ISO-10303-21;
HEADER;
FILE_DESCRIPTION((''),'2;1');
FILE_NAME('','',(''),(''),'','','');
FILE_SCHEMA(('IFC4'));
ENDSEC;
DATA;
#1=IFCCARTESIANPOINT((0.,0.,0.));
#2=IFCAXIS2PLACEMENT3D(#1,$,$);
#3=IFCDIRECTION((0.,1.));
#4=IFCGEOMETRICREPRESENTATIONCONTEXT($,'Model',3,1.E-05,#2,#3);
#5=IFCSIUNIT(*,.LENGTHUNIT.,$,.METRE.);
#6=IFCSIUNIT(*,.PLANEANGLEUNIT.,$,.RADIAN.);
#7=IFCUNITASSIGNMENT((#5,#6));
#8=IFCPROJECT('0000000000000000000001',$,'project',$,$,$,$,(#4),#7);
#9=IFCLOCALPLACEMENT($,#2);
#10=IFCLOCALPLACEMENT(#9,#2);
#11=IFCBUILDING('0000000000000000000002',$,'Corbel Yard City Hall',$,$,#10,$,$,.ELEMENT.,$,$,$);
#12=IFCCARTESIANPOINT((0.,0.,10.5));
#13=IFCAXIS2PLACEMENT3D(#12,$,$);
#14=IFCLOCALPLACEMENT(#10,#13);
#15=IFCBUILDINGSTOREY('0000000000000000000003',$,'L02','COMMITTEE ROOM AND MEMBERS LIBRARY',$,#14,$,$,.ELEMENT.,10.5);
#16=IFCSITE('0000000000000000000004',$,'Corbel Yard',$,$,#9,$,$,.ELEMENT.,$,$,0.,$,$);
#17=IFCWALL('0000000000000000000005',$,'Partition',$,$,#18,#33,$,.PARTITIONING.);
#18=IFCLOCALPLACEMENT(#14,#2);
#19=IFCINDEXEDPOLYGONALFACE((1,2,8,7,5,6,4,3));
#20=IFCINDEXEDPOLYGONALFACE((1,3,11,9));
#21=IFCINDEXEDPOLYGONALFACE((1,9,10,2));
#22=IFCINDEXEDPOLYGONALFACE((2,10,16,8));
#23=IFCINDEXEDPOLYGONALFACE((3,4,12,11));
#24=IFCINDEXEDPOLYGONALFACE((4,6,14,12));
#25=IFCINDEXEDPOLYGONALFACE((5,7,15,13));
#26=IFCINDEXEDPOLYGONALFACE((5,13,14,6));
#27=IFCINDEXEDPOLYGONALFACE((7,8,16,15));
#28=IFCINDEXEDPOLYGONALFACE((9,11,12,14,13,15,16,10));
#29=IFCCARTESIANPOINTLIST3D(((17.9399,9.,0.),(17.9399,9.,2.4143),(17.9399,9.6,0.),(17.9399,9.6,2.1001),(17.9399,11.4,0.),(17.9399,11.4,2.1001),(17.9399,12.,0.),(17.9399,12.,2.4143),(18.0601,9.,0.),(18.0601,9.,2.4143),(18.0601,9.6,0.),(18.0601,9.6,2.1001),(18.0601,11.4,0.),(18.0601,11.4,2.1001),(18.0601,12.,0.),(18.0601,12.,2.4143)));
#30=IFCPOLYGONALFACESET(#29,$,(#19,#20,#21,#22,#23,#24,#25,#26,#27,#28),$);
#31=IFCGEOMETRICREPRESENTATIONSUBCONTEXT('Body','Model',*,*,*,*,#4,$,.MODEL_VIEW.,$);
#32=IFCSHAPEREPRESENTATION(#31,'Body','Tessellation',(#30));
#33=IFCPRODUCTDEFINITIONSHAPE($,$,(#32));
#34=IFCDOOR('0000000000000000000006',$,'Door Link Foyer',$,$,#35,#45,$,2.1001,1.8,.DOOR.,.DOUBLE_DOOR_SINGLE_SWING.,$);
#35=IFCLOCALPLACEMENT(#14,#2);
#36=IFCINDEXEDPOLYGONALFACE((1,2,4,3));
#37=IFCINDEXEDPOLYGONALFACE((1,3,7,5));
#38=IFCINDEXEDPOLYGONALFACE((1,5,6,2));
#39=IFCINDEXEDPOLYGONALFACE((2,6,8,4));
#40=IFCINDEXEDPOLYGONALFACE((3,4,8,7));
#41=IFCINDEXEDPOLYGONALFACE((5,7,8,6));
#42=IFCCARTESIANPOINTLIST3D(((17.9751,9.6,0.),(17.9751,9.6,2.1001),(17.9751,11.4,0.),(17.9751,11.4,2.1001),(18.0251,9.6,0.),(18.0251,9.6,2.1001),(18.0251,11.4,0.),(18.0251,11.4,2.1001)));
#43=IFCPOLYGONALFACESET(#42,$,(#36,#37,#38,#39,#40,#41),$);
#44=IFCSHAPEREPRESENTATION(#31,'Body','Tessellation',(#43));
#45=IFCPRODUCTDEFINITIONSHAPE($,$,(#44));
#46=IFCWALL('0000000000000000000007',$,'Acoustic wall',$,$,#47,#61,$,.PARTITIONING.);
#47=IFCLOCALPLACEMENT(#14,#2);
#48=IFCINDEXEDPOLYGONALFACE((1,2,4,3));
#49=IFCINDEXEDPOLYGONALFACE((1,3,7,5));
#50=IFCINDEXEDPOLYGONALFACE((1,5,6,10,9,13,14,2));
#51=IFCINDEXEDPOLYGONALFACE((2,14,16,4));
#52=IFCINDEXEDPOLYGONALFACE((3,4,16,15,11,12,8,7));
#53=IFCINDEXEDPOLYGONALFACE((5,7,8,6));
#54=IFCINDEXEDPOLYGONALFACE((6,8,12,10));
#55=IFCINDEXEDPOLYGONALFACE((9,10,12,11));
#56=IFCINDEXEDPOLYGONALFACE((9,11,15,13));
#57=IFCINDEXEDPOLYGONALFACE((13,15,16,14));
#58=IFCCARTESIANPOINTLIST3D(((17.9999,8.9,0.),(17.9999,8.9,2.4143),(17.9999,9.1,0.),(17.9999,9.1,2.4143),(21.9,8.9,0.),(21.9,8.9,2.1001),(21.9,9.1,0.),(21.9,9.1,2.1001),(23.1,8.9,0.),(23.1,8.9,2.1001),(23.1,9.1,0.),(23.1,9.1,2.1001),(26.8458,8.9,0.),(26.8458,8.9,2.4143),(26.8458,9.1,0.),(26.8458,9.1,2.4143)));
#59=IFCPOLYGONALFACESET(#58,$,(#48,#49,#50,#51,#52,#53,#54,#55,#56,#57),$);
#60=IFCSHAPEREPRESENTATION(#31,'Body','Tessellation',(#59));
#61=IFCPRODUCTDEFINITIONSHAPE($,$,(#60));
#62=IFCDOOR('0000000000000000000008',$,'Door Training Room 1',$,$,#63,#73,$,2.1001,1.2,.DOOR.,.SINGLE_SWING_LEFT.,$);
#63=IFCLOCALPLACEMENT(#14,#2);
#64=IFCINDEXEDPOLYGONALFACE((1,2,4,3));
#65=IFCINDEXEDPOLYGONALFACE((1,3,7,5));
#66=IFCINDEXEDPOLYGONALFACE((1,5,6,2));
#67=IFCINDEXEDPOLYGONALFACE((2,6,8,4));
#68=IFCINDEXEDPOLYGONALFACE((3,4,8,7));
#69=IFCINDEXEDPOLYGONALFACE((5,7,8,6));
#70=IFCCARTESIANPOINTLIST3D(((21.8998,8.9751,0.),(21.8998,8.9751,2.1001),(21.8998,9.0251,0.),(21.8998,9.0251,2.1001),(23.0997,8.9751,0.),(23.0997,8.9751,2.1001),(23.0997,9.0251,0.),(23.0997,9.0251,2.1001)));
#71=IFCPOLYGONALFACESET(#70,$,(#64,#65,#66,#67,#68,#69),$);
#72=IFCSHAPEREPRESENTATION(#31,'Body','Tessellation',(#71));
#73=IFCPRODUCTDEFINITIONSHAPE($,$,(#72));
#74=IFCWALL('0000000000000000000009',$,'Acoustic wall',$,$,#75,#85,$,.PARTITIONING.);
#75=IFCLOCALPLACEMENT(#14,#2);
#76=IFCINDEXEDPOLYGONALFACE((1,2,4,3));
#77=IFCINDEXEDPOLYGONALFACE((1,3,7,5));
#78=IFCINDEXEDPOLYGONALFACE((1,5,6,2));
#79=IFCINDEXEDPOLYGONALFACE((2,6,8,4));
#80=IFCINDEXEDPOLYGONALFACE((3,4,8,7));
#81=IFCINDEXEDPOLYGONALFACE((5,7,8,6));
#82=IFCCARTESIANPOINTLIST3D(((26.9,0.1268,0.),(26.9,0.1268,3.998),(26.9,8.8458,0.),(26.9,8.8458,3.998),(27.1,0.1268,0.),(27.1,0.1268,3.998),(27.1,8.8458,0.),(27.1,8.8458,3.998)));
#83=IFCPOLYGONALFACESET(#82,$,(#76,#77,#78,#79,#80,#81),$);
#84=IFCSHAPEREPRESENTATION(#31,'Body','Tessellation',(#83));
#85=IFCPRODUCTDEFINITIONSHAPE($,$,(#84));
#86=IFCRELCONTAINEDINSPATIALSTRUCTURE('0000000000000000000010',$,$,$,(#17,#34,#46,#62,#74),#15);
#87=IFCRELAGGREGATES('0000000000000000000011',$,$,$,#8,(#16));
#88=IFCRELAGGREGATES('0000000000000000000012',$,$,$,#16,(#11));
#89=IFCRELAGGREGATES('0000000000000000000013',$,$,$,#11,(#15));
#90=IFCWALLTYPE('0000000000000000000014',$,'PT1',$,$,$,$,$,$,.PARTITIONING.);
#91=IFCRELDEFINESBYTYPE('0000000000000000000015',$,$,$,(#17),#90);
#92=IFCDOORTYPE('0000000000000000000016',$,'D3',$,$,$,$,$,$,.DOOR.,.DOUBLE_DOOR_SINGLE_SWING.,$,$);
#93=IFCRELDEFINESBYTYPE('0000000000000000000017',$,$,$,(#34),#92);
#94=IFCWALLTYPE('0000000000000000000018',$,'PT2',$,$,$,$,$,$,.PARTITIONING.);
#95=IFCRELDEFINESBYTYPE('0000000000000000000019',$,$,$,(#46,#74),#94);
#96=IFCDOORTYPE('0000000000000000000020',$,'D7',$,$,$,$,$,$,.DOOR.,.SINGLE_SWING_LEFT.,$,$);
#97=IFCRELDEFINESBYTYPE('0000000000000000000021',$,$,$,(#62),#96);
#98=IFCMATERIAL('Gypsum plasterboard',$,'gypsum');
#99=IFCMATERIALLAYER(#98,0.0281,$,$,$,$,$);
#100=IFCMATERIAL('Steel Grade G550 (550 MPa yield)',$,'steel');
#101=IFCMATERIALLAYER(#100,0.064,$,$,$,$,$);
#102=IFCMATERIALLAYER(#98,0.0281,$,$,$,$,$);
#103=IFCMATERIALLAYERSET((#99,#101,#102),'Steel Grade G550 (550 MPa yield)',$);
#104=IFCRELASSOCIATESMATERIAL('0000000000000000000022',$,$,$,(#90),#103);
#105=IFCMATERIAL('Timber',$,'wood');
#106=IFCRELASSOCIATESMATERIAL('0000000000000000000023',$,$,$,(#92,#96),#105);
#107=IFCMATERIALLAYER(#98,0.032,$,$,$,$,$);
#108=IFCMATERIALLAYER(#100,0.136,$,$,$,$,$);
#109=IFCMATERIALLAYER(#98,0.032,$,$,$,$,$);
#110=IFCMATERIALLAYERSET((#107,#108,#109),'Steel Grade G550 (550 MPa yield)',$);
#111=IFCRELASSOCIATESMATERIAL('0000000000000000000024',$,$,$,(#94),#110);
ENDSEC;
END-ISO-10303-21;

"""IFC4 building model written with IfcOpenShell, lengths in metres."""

from ifc_helpers import new_model, si_unit, direction, frame, frame_2d, origin, place, context, subcontext, project, spatial, rectangle, extrude, material, layer, layer_set, type_object, element, fill, save


model = new_model("IFC4")

# Units and contexts
model_context = context("Model", 3, precision=1e-05, world=origin(), true_north=direction((0.0, 1.0)))
body_context = subcontext(model_context, "Body", "Model", "MODEL_VIEW")
ifc_project = project(units=[si_unit("LENGTHUNIT", "METRE"), si_unit("PLANEANGLEUNIT", "RADIAN")], contexts=[model_context])

# Site, building, storey
site_placement = place(None, origin())
site = spatial("IfcSite", under=ifc_project, at=site_placement, Name="Corbel Yard", CompositionType="ELEMENT", RefElevation=0.0)
building_placement = place(site_placement, origin())
building = spatial("IfcBuilding", under=site, at=building_placement, Name="Corbel Yard City Hall", CompositionType="ELEMENT")
storey_placement = place(building_placement, frame((0.0, 0.0, 10.5)))
storey = spatial("IfcBuildingStorey", under=building, at=storey_placement, Name="L02", Description="COMMITTEE ROOM AND MEMBERS LIBRARY", CompositionType="ELEMENT", Elevation=10.5)

# Walls, openings, doors
ifc_material_1 = material(Name="Gypsum plasterboard", Category="gypsum")
ifc_layer_1 = layer(ifc_material_1, 0.0281)
ifc_material_2 = material(Name="Steel Grade G550 (550 MPa yield)", Category="steel")
ifc_layer_2 = layer(ifc_material_2, 0.064)
ifc_layer_3 = layer(ifc_material_1, 0.0281)
ifc_layer_set_1 = layer_set([ifc_layer_1, ifc_layer_2, ifc_layer_3], Name="Steel Grade G550 (550 MPa yield)")
wall_type_1 = type_object("IfcWallType", Name="PT1", PredefinedType="PARTITIONING", material=ifc_layer_set_1)
wall_1_placement = place(storey_placement, frame((18.0, 9.0, 0.0), z_axis=(0.0, 0.0, 1.0), x_axis=(0.0, 1.0, 0.0)))
wall_1 = element("IfcWall", 1, at=wall_1_placement, inside=storey, type_object=wall_type_1, Name="Partition", PredefinedType="PARTITIONING", context=body_context, shape_type="SweptSolid", body=[
    extrude(rectangle(XDim=3.0, YDim=0.1201, at=frame_2d((1.5, 0.0))), origin(), (0.0, 0.0, 1.0), 2.4143),
])
opening_1_placement = place(wall_1_placement, frame((0.6001, 0.0, 0.0)))
opening_1 = element("IfcOpeningElement", 2, at=opening_1_placement, cuts=wall_1, PredefinedType="OPENING", context=body_context, shape_type="SweptSolid", body=[
    extrude(rectangle(XDim=1.8, YDim=2.1001, at=frame_2d((0.8999, 1.05))), frame((0.0, 0.0701, 0.0), z_axis=(0.0, -1.0, 0.0), x_axis=(1.0, 0.0, 0.0)), (0.0, 0.0, 1.0), 0.1401),
])
ifc_material_3 = material(Name="Timber", Category="wood")
door_type_1 = type_object("IfcDoorType", Name="D3", OperationType="DOUBLE_DOOR_SINGLE_SWING", PredefinedType="DOOR", material=ifc_material_3)
door_1_placement = place(opening_1_placement, origin())
door_1 = element("IfcDoor", 3, at=door_1_placement, inside=storey, type_object=door_type_1, Name="Door Link Foyer", OperationType="DOUBLE_DOOR_SINGLE_SWING", OverallHeight=2.1001, OverallWidth=1.8, PredefinedType="DOOR", context=body_context, shape_type="SweptSolid", body=[
    extrude(rectangle(XDim=1.8, YDim=2.1001, at=frame_2d((0.8999, 1.05))), frame((0.0, 0.0249, 0.0), z_axis=(0.0, -1.0, 0.0), x_axis=(1.0, 0.0, 0.0)), (0.0, 0.0, 1.0), 0.05),
])
fill(opening_1, door_1)
ifc_layer_4 = layer(ifc_material_1, 0.032)
ifc_layer_5 = layer(ifc_material_2, 0.136)
ifc_layer_6 = layer(ifc_material_1, 0.032)
ifc_layer_set_2 = layer_set([ifc_layer_4, ifc_layer_5, ifc_layer_6], Name="Steel Grade G550 (550 MPa yield)")
wall_type_2 = type_object("IfcWallType", Name="PT2", PredefinedType="PARTITIONING", material=ifc_layer_set_2)
wall_2_placement = place(storey_placement, frame((18.0, 9.0, 0.0), z_axis=(0.0, 0.0, 1.0), x_axis=(1.0, 0.0, 0.0)))
wall_2 = element("IfcWall", 4, at=wall_2_placement, inside=storey, type_object=wall_type_2, Name="Acoustic wall", PredefinedType="PARTITIONING", context=body_context, shape_type="SweptSolid", body=[
    extrude(rectangle(XDim=8.8459, YDim=0.2, at=frame_2d((4.4229, 0.0))), origin(), (0.0, 0.0, 1.0), 2.4143),
])
opening_2_placement = place(wall_2_placement, frame((3.8999, 0.0, 0.0)))
opening_2 = element("IfcOpeningElement", 5, at=opening_2_placement, cuts=wall_2, PredefinedType="OPENING", context=body_context, shape_type="SweptSolid", body=[
    extrude(rectangle(XDim=1.2, YDim=2.1001, at=frame_2d((0.6001, 1.05))), frame((0.0, 0.1099, 0.0), z_axis=(0.0, -1.0, 0.0), x_axis=(1.0, 0.0, 0.0)), (0.0, 0.0, 1.0), 0.22),
])
door_type_2 = type_object("IfcDoorType", Name="D7", OperationType="SINGLE_SWING_LEFT", PredefinedType="DOOR", material=ifc_material_3)
door_2_placement = place(opening_2_placement, frame((1.2, 0.0, 0.0), z_axis=(0.0, 0.0, 1.0), x_axis=(-1.0, 0.0, 0.0)))
door_2 = element("IfcDoor", 6, at=door_2_placement, inside=storey, type_object=door_type_2, Name="Door Training Room 1", OperationType="SINGLE_SWING_LEFT", OverallHeight=2.1001, OverallWidth=1.2, PredefinedType="DOOR", context=body_context, shape_type="SweptSolid", body=[
    extrude(rectangle(XDim=1.2, YDim=2.1001, at=frame_2d((0.6001, 1.05))), frame((0.0, 0.0249, 0.0), z_axis=(0.0, -1.0, 0.0), x_axis=(1.0, 0.0, 0.0)), (0.0, 0.0, 1.0), 0.05),
])
fill(opening_2, door_2)

# Wall
wall_3_placement = place(storey_placement, frame((27.0, 0.127, 0.0), z_axis=(0.0, 0.0, 1.0), x_axis=(0.0, 1.0, 0.0)))
element("IfcWall", 7, at=wall_3_placement, inside=storey, type_object=wall_type_2, Name="Acoustic wall", PredefinedType="PARTITIONING", context=body_context, shape_type="SweptSolid", body=[
    extrude(rectangle(XDim=8.719, YDim=0.2, at=frame_2d((4.3594, 0.0))), origin(), (0.0, 0.0, 1.0), 3.998),
])

save(model, "model.ifc")
